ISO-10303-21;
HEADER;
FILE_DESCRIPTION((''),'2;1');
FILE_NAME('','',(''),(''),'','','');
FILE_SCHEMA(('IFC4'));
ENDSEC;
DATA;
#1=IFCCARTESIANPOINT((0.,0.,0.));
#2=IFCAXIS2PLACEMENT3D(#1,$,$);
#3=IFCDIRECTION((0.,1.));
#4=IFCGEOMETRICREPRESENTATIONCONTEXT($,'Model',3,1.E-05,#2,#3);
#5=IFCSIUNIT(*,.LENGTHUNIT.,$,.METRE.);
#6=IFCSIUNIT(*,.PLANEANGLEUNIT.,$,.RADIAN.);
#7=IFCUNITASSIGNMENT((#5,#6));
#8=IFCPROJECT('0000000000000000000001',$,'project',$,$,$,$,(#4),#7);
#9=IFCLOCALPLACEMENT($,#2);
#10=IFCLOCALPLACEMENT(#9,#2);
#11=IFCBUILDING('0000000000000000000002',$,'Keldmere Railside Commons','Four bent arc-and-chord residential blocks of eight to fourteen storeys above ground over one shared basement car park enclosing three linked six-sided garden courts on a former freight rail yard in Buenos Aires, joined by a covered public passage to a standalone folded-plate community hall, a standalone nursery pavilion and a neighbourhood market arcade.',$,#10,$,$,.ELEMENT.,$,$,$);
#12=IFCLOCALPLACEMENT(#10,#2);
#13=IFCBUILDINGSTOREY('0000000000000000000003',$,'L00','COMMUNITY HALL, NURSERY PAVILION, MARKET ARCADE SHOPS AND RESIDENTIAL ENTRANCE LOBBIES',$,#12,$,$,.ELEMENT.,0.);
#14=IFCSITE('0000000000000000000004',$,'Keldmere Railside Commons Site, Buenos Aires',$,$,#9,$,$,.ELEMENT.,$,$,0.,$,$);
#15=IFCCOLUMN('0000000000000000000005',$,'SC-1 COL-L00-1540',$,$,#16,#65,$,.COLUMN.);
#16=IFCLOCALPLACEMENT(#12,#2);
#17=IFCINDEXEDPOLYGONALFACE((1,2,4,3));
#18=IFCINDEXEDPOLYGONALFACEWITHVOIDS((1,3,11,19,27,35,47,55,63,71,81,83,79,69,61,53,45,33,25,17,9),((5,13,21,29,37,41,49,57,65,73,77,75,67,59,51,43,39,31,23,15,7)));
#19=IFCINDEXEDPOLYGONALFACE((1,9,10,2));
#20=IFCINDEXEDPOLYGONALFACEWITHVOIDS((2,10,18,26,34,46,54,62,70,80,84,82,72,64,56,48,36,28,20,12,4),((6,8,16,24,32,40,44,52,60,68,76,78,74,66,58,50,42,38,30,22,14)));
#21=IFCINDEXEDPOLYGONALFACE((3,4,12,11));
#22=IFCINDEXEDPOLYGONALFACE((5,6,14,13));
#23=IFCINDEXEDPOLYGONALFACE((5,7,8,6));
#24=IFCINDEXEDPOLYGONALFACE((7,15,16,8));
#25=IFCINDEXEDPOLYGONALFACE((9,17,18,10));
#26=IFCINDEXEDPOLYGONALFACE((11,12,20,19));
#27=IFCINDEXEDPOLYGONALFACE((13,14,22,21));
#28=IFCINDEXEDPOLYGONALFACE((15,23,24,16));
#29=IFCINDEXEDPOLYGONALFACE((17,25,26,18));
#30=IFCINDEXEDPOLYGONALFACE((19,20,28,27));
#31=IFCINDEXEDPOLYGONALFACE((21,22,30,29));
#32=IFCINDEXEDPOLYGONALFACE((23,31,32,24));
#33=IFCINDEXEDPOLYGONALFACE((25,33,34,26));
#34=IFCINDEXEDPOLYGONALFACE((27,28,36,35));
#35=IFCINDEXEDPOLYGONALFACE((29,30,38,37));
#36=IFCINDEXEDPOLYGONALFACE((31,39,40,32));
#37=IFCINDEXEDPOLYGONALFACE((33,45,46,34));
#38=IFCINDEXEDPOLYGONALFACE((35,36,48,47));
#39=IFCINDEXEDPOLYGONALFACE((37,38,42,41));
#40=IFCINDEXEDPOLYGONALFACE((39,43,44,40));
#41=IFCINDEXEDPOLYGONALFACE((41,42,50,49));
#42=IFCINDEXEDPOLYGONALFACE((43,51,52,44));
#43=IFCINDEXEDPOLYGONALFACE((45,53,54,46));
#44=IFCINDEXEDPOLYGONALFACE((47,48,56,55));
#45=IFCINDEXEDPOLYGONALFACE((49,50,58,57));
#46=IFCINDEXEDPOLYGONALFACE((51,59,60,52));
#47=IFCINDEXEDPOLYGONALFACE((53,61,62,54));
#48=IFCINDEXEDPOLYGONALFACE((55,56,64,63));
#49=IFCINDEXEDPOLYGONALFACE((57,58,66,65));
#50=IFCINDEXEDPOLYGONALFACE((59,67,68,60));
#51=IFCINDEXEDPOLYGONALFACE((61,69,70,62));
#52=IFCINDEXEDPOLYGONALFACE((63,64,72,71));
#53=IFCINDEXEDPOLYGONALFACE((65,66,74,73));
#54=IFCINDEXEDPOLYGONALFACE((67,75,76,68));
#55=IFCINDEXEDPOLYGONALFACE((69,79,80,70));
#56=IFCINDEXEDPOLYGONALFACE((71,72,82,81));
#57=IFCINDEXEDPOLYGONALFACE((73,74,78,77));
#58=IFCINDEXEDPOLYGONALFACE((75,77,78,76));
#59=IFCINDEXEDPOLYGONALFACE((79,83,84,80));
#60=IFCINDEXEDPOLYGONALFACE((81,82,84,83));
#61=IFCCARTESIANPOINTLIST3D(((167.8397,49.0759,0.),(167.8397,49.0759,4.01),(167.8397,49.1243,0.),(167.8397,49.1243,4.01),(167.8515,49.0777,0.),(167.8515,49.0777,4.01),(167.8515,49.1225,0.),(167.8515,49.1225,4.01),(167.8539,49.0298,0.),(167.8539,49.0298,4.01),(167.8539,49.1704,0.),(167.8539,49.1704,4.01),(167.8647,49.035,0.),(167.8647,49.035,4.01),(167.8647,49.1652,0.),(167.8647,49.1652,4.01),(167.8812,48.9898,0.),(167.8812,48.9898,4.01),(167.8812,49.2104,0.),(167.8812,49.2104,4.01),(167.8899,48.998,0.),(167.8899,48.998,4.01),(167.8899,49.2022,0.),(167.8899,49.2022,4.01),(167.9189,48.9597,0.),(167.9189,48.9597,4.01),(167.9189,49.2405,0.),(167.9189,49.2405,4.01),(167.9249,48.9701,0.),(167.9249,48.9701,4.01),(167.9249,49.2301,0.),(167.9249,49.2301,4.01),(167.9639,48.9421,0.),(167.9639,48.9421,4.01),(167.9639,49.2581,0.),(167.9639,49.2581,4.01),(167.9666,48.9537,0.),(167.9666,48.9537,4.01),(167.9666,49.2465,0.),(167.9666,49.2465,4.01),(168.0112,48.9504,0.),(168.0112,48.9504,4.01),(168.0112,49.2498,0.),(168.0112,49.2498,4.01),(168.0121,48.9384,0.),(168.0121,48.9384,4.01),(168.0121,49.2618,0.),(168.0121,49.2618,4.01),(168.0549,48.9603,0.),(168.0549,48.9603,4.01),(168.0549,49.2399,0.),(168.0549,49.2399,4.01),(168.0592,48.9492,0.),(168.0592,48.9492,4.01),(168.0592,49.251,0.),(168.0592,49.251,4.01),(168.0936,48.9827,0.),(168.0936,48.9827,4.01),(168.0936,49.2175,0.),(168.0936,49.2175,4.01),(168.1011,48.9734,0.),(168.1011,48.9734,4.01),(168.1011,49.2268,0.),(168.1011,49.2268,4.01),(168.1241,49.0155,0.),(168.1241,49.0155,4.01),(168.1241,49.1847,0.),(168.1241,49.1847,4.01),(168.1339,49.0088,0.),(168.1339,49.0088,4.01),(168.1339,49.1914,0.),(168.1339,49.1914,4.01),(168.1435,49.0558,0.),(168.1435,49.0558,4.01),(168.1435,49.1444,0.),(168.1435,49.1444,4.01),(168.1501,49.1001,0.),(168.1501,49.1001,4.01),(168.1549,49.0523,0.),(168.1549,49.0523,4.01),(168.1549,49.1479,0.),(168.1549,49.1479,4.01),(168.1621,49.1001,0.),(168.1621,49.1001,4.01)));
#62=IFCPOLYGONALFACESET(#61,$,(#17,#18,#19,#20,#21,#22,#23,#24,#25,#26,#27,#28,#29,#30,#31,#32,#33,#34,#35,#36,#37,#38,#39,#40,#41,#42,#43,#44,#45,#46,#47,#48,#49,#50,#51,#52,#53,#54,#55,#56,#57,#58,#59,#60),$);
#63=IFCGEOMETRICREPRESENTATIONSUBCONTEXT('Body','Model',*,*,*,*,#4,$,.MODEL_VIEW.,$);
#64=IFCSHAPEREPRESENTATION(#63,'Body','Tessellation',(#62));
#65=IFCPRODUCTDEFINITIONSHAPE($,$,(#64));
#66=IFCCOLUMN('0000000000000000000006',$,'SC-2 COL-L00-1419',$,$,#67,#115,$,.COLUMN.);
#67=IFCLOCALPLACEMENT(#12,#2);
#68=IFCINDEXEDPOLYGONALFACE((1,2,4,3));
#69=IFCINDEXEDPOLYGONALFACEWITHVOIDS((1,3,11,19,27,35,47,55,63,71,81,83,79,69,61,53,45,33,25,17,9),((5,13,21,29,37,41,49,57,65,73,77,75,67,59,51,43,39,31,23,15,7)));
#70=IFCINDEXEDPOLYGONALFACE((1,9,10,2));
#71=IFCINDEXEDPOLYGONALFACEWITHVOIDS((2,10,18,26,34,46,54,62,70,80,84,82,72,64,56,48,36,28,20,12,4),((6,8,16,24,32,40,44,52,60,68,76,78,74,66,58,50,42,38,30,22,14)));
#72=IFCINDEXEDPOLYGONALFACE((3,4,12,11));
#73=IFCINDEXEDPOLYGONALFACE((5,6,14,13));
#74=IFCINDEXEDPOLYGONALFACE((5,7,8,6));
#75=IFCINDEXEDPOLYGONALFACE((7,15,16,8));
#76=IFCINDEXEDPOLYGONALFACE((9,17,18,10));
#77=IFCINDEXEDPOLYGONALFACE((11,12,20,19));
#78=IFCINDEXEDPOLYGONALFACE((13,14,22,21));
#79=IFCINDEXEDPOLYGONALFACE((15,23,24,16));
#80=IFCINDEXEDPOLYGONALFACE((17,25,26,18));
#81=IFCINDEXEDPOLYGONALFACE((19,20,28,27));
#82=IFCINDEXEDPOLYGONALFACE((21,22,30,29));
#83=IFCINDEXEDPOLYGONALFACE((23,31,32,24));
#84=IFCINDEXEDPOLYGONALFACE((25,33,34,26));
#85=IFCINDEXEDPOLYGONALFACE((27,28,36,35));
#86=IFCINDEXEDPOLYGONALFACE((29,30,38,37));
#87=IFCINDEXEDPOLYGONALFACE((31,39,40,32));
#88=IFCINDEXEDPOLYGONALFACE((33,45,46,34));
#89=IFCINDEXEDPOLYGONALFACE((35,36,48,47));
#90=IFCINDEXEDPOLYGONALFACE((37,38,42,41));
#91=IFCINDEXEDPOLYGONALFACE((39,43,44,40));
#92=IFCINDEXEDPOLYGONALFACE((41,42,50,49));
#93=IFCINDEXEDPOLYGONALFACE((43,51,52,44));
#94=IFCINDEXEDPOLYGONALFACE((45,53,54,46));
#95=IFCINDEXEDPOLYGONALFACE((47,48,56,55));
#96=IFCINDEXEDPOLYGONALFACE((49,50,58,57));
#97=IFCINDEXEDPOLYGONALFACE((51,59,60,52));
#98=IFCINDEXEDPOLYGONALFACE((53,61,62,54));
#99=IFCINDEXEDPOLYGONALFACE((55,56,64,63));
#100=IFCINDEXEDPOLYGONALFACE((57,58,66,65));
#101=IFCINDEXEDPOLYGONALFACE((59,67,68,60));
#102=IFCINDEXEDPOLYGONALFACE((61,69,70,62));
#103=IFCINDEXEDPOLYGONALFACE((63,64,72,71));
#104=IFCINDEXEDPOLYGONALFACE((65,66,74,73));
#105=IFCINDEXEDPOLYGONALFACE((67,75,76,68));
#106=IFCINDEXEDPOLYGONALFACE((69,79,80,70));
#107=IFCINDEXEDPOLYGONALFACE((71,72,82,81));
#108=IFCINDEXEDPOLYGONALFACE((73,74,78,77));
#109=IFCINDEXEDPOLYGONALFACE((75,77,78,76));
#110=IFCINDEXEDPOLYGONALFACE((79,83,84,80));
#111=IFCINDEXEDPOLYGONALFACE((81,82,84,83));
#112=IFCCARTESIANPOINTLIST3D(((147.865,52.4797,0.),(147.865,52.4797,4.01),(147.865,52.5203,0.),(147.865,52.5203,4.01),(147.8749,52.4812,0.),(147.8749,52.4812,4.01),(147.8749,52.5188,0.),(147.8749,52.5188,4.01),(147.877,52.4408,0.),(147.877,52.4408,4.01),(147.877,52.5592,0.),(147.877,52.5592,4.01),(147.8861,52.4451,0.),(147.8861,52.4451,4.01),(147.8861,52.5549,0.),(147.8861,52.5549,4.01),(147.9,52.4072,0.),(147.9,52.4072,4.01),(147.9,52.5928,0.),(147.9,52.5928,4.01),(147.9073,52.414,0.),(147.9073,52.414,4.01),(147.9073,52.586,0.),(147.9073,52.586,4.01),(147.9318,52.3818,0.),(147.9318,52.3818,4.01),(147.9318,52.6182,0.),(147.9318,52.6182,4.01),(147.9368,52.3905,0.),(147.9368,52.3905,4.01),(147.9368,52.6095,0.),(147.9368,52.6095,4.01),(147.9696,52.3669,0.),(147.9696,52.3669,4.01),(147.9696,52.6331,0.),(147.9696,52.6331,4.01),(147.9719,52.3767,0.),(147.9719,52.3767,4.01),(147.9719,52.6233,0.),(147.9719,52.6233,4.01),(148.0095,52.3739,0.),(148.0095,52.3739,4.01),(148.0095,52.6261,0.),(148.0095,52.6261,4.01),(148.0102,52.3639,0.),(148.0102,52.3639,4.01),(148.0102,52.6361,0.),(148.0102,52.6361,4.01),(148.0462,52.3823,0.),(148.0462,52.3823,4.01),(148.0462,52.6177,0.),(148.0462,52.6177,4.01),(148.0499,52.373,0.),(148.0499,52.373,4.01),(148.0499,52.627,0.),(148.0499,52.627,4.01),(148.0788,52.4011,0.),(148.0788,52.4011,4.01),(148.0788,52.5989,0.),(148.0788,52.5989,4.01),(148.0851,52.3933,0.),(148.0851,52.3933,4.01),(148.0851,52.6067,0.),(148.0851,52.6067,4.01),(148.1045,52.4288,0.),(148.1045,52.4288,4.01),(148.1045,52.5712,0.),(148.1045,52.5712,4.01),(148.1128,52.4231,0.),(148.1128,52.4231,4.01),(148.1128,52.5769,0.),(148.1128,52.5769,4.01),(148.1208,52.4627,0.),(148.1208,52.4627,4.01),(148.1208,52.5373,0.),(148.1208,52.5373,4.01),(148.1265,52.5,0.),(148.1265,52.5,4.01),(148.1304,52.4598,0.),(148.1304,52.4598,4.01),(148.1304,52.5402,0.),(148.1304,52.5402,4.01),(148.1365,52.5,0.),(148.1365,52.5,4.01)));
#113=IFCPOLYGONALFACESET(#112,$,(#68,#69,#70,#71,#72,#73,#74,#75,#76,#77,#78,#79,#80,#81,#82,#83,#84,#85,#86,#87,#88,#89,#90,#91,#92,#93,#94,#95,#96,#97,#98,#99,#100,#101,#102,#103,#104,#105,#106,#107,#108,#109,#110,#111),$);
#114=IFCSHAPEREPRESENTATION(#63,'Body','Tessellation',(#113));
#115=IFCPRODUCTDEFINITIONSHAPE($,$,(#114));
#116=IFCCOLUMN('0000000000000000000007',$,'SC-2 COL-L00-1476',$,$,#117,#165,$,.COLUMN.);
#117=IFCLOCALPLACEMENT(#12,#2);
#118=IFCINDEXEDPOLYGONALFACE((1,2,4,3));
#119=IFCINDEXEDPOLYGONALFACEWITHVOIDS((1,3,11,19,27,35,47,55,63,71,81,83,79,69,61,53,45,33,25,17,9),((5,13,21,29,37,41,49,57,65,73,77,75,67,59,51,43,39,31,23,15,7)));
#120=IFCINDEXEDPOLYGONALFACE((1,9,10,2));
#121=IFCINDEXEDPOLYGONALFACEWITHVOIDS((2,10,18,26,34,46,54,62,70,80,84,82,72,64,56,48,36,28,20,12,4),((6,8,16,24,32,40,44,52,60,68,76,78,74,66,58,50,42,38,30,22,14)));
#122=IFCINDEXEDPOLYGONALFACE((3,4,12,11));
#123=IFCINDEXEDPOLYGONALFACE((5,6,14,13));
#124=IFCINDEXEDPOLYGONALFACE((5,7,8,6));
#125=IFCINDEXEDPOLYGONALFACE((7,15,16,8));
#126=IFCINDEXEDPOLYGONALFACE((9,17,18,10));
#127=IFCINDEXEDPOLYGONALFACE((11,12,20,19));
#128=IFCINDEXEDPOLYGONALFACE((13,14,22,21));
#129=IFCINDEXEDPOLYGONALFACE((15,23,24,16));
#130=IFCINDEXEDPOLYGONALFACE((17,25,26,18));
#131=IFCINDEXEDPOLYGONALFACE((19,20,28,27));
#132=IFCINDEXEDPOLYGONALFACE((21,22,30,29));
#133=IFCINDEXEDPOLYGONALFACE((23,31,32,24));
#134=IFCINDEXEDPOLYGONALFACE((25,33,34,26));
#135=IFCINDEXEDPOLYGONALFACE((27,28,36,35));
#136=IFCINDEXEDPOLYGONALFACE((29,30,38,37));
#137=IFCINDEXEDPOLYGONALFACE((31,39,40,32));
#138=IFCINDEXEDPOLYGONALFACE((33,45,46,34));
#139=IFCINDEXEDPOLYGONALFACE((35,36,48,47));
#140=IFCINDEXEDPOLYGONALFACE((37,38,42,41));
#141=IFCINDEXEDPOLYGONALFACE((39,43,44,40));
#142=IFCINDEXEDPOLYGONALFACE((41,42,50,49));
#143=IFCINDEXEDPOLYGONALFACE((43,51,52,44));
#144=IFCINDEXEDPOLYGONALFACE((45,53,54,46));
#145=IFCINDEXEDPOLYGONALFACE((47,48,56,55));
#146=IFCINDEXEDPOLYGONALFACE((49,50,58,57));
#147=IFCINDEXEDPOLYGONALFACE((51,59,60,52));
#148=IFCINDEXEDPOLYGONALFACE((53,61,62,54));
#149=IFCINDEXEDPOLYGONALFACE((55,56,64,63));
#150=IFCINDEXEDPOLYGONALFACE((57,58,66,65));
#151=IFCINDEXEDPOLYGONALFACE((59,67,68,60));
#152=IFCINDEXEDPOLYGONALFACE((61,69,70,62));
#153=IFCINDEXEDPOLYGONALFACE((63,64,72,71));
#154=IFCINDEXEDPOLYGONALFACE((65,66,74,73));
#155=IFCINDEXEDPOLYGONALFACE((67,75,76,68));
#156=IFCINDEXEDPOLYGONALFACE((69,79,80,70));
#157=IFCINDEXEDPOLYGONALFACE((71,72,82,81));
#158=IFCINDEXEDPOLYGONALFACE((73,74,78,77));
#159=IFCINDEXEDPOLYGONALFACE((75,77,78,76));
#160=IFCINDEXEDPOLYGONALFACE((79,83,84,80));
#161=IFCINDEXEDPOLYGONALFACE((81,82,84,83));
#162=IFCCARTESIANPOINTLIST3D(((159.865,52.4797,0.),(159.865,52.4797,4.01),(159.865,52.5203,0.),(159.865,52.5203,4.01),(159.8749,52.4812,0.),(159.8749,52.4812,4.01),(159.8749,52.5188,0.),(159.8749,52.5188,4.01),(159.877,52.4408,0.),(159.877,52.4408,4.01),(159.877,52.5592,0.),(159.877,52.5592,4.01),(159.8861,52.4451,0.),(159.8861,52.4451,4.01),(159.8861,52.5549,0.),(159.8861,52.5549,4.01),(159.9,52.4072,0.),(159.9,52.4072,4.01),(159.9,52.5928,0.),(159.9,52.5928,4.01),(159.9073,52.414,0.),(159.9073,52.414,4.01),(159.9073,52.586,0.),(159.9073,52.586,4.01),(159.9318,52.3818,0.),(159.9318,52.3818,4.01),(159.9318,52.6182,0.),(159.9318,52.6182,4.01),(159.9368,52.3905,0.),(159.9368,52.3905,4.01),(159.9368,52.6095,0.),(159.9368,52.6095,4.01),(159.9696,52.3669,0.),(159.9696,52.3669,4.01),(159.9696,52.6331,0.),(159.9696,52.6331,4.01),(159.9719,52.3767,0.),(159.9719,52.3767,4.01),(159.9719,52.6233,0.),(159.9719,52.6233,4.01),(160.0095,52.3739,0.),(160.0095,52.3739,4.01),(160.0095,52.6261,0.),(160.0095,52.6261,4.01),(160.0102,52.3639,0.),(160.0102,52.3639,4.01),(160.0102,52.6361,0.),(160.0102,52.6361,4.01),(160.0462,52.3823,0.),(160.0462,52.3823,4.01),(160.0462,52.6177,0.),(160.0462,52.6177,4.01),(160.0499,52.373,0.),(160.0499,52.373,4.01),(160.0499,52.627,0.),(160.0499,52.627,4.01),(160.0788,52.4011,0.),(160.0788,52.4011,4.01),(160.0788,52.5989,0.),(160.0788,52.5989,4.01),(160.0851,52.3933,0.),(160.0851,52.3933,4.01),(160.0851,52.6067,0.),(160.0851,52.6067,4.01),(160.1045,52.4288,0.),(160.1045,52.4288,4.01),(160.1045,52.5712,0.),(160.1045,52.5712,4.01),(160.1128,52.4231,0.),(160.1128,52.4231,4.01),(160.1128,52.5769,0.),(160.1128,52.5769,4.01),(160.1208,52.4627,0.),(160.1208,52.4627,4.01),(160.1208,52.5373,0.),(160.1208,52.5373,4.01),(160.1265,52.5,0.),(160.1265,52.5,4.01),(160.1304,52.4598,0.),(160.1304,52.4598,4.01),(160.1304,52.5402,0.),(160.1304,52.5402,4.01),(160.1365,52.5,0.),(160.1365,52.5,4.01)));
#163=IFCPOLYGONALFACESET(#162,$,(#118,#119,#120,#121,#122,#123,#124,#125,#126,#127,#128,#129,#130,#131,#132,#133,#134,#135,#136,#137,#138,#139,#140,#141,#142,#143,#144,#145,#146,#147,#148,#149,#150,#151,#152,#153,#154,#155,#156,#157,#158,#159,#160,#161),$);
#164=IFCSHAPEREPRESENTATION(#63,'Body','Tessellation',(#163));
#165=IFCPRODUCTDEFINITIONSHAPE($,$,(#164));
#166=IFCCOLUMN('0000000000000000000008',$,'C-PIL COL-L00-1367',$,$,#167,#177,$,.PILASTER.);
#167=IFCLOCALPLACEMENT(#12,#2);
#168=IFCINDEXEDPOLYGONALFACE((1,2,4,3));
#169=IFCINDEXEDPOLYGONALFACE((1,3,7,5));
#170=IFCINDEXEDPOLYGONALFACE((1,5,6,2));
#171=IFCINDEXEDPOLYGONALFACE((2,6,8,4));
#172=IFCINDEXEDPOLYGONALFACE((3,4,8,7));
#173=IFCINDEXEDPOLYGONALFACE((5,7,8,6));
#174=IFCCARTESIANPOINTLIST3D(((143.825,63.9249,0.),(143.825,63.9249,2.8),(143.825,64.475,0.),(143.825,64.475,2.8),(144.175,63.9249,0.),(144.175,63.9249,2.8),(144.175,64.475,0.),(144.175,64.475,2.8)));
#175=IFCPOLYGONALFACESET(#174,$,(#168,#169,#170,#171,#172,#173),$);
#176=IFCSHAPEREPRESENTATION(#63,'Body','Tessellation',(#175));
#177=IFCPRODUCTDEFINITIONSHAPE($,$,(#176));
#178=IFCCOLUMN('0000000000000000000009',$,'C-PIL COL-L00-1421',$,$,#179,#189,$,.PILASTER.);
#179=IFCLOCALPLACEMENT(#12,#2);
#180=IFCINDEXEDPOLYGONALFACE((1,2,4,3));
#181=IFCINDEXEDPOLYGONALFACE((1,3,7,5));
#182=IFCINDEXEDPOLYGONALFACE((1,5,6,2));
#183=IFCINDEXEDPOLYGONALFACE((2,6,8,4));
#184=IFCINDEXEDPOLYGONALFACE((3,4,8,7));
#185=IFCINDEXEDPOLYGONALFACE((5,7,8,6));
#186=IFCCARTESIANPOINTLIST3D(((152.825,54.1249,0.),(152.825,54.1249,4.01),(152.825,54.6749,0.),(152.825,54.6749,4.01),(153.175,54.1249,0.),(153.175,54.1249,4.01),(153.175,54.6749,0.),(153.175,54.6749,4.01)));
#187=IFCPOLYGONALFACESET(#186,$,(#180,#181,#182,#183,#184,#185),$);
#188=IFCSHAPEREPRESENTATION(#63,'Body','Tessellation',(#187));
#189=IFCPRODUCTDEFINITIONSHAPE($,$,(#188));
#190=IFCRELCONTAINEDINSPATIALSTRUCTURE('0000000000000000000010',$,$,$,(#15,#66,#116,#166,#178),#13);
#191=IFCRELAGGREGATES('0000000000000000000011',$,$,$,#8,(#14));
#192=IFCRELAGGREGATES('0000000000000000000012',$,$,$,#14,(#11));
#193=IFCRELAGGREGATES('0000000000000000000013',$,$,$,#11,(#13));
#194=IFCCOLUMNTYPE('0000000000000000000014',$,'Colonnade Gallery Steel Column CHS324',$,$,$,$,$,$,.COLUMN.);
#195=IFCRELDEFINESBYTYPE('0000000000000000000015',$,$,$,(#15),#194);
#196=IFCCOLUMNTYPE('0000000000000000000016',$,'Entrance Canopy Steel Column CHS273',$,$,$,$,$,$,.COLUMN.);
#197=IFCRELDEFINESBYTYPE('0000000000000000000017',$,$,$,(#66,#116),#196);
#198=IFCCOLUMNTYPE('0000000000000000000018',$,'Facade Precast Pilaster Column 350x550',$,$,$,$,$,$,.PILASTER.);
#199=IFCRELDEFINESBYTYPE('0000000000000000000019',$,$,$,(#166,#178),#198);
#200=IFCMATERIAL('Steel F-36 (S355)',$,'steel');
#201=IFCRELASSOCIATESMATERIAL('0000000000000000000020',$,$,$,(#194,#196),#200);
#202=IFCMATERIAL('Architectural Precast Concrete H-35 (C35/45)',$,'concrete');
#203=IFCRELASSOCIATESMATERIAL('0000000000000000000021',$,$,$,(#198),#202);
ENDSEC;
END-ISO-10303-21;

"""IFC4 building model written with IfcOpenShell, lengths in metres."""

from ifc_helpers import new_model, si_unit, direction, frame, origin, origin_2d, place, context, subcontext, project, spatial, rectangle, hollow_circle, extrude, material, material_profile, profile_set, type_object, element, save


model = new_model("IFC4")

# Units and contexts
model_context = context("Model", 3, precision=1e-05, world=origin(), true_north=direction((0.0, 1.0)))
body_context = subcontext(model_context, "Body", "Model", "MODEL_VIEW")
ifc_project = project(units=[si_unit("LENGTHUNIT", "METRE"), si_unit("PLANEANGLEUNIT", "RADIAN")], contexts=[model_context])

# Site, building, storey
site_placement = place(None, origin())
site = spatial("IfcSite", under=ifc_project, at=site_placement, Name="Keldmere Railside Commons Site, Buenos Aires", CompositionType="ELEMENT", RefElevation=0.0)
building_placement = place(site_placement, origin())
building = spatial("IfcBuilding", under=site, at=building_placement, Name="Keldmere Railside Commons", Description="Four bent arc-and-chord residential blocks of eight to fourteen storeys above ground over one shared basement car park enclosing three linked six-sided garden courts on a former freight rail yard in Buenos Aires, joined by a covered public passage to a standalone folded-plate community hall, a standalone nursery pavilion and a neighbourhood market arcade.", CompositionType="ELEMENT")
storey_placement = place(building_placement, origin())
storey = spatial("IfcBuildingStorey", under=building, at=storey_placement, Name="L00", Description="COMMUNITY HALL, NURSERY PAVILION, MARKET ARCADE SHOPS AND RESIDENTIAL ENTRANCE LOBBIES", CompositionType="ELEMENT", Elevation=0.0)

# Columns
ifc_material_1 = material(Name="Steel F-36 (S355)", Category="steel")
ifc_material_profile_1 = material_profile(ifc_material_1, hollow_circle(Radius=0.1621, WallThickness=0.012, at=origin_2d()), Name="CHS-324x12")
ifc_profile_set_1 = profile_set([ifc_material_profile_1], Name="Steel F-36 (S355)")
column_type_1 = type_object("IfcColumnType", Name="Colonnade Gallery Steel Column CHS324", PredefinedType="COLUMN", material=ifc_profile_set_1)
column_1_placement = place(storey_placement, frame((168.0, 49.1001, 0.0), z_axis=(0.0, 0.0, 1.0), x_axis=(1.0, 0.0, 0.0)))
element("IfcColumn", 1, at=column_1_placement, inside=storey, type_object=column_type_1, Name="SC-1 COL-L00-1540", PredefinedType="COLUMN", context=body_context, shape_type="SweptSolid", body=[
    extrude(hollow_circle(Radius=0.1621, WallThickness=0.012, at=origin_2d()), origin(), (0.0, 0.0, 1.0), 4.01),
])
ifc_material_profile_2 = material_profile(ifc_material_1, hollow_circle(Radius=0.1365, WallThickness=0.01, at=origin_2d()), Name="CHS-273x10")
ifc_profile_set_2 = profile_set([ifc_material_profile_2], Name="Steel F-36 (S355)")
column_type_2 = type_object("IfcColumnType", Name="Entrance Canopy Steel Column CHS273", PredefinedType="COLUMN", material=ifc_profile_set_2)
for number, where, z_axis, x_axis, name in (
    (2, (148.0, 52.5, 0.0), (0.0, 0.0, 1.0), (1.0, 0.0, 0.0), "SC-2 COL-L00-1419"),
    (3, (160.0, 52.5, 0.0), (0.0, 0.0, 1.0), (1.0, 0.0, 0.0), "SC-2 COL-L00-1476"),
):
    element("IfcColumn", number, at=place(storey_placement, frame(where, z_axis=z_axis, x_axis=x_axis)), inside=storey, type_object=column_type_2, Name=name, PredefinedType="COLUMN", context=body_context, shape_type="SweptSolid", body=[
        extrude(hollow_circle(Radius=0.1365, WallThickness=0.01, at=origin_2d()), origin(), (0.0, 0.0, 1.0), 4.01),
    ])
ifc_material_2 = material(Name="Architectural Precast Concrete H-35 (C35/45)", Category="concrete")
ifc_material_profile_3 = material_profile(ifc_material_2, rectangle(XDim=0.3501, YDim=0.55, at=origin_2d()), Name="RC-350x550")
ifc_profile_set_3 = profile_set([ifc_material_profile_3], Name="Architectural Precast Concrete H-35 (C35/45)")
column_type_3 = type_object("IfcColumnType", Name="Facade Precast Pilaster Column 350x550", PredefinedType="PILASTER", material=ifc_profile_set_3)
column_2_placement = place(storey_placement, frame((144.0, 64.2, 0.0), z_axis=(0.0, 0.0, 1.0), x_axis=(1.0, 0.0, 0.0)))
element("IfcColumn", 4, at=column_2_placement, inside=storey, type_object=column_type_3, Name="C-PIL COL-L00-1367", PredefinedType="PILASTER", context=body_context, shape_type="SweptSolid", body=[
    extrude(rectangle(XDim=0.3501, YDim=0.55, at=origin_2d()), origin(), (0.0, 0.0, 1.0), 2.8),
])
column_3_placement = place(storey_placement, frame((153.0, 54.3999, 0.0), z_axis=(0.0, 0.0, 1.0), x_axis=(1.0, 0.0, 0.0)))
element("IfcColumn", 5, at=column_3_placement, inside=storey, type_object=column_type_3, Name="C-PIL COL-L00-1421", PredefinedType="PILASTER", context=body_context, shape_type="SweptSolid", body=[
    extrude(rectangle(XDim=0.3501, YDim=0.55, at=origin_2d()), origin(), (0.0, 0.0, 1.0), 4.01),
])

save(model, "model.ifc")
